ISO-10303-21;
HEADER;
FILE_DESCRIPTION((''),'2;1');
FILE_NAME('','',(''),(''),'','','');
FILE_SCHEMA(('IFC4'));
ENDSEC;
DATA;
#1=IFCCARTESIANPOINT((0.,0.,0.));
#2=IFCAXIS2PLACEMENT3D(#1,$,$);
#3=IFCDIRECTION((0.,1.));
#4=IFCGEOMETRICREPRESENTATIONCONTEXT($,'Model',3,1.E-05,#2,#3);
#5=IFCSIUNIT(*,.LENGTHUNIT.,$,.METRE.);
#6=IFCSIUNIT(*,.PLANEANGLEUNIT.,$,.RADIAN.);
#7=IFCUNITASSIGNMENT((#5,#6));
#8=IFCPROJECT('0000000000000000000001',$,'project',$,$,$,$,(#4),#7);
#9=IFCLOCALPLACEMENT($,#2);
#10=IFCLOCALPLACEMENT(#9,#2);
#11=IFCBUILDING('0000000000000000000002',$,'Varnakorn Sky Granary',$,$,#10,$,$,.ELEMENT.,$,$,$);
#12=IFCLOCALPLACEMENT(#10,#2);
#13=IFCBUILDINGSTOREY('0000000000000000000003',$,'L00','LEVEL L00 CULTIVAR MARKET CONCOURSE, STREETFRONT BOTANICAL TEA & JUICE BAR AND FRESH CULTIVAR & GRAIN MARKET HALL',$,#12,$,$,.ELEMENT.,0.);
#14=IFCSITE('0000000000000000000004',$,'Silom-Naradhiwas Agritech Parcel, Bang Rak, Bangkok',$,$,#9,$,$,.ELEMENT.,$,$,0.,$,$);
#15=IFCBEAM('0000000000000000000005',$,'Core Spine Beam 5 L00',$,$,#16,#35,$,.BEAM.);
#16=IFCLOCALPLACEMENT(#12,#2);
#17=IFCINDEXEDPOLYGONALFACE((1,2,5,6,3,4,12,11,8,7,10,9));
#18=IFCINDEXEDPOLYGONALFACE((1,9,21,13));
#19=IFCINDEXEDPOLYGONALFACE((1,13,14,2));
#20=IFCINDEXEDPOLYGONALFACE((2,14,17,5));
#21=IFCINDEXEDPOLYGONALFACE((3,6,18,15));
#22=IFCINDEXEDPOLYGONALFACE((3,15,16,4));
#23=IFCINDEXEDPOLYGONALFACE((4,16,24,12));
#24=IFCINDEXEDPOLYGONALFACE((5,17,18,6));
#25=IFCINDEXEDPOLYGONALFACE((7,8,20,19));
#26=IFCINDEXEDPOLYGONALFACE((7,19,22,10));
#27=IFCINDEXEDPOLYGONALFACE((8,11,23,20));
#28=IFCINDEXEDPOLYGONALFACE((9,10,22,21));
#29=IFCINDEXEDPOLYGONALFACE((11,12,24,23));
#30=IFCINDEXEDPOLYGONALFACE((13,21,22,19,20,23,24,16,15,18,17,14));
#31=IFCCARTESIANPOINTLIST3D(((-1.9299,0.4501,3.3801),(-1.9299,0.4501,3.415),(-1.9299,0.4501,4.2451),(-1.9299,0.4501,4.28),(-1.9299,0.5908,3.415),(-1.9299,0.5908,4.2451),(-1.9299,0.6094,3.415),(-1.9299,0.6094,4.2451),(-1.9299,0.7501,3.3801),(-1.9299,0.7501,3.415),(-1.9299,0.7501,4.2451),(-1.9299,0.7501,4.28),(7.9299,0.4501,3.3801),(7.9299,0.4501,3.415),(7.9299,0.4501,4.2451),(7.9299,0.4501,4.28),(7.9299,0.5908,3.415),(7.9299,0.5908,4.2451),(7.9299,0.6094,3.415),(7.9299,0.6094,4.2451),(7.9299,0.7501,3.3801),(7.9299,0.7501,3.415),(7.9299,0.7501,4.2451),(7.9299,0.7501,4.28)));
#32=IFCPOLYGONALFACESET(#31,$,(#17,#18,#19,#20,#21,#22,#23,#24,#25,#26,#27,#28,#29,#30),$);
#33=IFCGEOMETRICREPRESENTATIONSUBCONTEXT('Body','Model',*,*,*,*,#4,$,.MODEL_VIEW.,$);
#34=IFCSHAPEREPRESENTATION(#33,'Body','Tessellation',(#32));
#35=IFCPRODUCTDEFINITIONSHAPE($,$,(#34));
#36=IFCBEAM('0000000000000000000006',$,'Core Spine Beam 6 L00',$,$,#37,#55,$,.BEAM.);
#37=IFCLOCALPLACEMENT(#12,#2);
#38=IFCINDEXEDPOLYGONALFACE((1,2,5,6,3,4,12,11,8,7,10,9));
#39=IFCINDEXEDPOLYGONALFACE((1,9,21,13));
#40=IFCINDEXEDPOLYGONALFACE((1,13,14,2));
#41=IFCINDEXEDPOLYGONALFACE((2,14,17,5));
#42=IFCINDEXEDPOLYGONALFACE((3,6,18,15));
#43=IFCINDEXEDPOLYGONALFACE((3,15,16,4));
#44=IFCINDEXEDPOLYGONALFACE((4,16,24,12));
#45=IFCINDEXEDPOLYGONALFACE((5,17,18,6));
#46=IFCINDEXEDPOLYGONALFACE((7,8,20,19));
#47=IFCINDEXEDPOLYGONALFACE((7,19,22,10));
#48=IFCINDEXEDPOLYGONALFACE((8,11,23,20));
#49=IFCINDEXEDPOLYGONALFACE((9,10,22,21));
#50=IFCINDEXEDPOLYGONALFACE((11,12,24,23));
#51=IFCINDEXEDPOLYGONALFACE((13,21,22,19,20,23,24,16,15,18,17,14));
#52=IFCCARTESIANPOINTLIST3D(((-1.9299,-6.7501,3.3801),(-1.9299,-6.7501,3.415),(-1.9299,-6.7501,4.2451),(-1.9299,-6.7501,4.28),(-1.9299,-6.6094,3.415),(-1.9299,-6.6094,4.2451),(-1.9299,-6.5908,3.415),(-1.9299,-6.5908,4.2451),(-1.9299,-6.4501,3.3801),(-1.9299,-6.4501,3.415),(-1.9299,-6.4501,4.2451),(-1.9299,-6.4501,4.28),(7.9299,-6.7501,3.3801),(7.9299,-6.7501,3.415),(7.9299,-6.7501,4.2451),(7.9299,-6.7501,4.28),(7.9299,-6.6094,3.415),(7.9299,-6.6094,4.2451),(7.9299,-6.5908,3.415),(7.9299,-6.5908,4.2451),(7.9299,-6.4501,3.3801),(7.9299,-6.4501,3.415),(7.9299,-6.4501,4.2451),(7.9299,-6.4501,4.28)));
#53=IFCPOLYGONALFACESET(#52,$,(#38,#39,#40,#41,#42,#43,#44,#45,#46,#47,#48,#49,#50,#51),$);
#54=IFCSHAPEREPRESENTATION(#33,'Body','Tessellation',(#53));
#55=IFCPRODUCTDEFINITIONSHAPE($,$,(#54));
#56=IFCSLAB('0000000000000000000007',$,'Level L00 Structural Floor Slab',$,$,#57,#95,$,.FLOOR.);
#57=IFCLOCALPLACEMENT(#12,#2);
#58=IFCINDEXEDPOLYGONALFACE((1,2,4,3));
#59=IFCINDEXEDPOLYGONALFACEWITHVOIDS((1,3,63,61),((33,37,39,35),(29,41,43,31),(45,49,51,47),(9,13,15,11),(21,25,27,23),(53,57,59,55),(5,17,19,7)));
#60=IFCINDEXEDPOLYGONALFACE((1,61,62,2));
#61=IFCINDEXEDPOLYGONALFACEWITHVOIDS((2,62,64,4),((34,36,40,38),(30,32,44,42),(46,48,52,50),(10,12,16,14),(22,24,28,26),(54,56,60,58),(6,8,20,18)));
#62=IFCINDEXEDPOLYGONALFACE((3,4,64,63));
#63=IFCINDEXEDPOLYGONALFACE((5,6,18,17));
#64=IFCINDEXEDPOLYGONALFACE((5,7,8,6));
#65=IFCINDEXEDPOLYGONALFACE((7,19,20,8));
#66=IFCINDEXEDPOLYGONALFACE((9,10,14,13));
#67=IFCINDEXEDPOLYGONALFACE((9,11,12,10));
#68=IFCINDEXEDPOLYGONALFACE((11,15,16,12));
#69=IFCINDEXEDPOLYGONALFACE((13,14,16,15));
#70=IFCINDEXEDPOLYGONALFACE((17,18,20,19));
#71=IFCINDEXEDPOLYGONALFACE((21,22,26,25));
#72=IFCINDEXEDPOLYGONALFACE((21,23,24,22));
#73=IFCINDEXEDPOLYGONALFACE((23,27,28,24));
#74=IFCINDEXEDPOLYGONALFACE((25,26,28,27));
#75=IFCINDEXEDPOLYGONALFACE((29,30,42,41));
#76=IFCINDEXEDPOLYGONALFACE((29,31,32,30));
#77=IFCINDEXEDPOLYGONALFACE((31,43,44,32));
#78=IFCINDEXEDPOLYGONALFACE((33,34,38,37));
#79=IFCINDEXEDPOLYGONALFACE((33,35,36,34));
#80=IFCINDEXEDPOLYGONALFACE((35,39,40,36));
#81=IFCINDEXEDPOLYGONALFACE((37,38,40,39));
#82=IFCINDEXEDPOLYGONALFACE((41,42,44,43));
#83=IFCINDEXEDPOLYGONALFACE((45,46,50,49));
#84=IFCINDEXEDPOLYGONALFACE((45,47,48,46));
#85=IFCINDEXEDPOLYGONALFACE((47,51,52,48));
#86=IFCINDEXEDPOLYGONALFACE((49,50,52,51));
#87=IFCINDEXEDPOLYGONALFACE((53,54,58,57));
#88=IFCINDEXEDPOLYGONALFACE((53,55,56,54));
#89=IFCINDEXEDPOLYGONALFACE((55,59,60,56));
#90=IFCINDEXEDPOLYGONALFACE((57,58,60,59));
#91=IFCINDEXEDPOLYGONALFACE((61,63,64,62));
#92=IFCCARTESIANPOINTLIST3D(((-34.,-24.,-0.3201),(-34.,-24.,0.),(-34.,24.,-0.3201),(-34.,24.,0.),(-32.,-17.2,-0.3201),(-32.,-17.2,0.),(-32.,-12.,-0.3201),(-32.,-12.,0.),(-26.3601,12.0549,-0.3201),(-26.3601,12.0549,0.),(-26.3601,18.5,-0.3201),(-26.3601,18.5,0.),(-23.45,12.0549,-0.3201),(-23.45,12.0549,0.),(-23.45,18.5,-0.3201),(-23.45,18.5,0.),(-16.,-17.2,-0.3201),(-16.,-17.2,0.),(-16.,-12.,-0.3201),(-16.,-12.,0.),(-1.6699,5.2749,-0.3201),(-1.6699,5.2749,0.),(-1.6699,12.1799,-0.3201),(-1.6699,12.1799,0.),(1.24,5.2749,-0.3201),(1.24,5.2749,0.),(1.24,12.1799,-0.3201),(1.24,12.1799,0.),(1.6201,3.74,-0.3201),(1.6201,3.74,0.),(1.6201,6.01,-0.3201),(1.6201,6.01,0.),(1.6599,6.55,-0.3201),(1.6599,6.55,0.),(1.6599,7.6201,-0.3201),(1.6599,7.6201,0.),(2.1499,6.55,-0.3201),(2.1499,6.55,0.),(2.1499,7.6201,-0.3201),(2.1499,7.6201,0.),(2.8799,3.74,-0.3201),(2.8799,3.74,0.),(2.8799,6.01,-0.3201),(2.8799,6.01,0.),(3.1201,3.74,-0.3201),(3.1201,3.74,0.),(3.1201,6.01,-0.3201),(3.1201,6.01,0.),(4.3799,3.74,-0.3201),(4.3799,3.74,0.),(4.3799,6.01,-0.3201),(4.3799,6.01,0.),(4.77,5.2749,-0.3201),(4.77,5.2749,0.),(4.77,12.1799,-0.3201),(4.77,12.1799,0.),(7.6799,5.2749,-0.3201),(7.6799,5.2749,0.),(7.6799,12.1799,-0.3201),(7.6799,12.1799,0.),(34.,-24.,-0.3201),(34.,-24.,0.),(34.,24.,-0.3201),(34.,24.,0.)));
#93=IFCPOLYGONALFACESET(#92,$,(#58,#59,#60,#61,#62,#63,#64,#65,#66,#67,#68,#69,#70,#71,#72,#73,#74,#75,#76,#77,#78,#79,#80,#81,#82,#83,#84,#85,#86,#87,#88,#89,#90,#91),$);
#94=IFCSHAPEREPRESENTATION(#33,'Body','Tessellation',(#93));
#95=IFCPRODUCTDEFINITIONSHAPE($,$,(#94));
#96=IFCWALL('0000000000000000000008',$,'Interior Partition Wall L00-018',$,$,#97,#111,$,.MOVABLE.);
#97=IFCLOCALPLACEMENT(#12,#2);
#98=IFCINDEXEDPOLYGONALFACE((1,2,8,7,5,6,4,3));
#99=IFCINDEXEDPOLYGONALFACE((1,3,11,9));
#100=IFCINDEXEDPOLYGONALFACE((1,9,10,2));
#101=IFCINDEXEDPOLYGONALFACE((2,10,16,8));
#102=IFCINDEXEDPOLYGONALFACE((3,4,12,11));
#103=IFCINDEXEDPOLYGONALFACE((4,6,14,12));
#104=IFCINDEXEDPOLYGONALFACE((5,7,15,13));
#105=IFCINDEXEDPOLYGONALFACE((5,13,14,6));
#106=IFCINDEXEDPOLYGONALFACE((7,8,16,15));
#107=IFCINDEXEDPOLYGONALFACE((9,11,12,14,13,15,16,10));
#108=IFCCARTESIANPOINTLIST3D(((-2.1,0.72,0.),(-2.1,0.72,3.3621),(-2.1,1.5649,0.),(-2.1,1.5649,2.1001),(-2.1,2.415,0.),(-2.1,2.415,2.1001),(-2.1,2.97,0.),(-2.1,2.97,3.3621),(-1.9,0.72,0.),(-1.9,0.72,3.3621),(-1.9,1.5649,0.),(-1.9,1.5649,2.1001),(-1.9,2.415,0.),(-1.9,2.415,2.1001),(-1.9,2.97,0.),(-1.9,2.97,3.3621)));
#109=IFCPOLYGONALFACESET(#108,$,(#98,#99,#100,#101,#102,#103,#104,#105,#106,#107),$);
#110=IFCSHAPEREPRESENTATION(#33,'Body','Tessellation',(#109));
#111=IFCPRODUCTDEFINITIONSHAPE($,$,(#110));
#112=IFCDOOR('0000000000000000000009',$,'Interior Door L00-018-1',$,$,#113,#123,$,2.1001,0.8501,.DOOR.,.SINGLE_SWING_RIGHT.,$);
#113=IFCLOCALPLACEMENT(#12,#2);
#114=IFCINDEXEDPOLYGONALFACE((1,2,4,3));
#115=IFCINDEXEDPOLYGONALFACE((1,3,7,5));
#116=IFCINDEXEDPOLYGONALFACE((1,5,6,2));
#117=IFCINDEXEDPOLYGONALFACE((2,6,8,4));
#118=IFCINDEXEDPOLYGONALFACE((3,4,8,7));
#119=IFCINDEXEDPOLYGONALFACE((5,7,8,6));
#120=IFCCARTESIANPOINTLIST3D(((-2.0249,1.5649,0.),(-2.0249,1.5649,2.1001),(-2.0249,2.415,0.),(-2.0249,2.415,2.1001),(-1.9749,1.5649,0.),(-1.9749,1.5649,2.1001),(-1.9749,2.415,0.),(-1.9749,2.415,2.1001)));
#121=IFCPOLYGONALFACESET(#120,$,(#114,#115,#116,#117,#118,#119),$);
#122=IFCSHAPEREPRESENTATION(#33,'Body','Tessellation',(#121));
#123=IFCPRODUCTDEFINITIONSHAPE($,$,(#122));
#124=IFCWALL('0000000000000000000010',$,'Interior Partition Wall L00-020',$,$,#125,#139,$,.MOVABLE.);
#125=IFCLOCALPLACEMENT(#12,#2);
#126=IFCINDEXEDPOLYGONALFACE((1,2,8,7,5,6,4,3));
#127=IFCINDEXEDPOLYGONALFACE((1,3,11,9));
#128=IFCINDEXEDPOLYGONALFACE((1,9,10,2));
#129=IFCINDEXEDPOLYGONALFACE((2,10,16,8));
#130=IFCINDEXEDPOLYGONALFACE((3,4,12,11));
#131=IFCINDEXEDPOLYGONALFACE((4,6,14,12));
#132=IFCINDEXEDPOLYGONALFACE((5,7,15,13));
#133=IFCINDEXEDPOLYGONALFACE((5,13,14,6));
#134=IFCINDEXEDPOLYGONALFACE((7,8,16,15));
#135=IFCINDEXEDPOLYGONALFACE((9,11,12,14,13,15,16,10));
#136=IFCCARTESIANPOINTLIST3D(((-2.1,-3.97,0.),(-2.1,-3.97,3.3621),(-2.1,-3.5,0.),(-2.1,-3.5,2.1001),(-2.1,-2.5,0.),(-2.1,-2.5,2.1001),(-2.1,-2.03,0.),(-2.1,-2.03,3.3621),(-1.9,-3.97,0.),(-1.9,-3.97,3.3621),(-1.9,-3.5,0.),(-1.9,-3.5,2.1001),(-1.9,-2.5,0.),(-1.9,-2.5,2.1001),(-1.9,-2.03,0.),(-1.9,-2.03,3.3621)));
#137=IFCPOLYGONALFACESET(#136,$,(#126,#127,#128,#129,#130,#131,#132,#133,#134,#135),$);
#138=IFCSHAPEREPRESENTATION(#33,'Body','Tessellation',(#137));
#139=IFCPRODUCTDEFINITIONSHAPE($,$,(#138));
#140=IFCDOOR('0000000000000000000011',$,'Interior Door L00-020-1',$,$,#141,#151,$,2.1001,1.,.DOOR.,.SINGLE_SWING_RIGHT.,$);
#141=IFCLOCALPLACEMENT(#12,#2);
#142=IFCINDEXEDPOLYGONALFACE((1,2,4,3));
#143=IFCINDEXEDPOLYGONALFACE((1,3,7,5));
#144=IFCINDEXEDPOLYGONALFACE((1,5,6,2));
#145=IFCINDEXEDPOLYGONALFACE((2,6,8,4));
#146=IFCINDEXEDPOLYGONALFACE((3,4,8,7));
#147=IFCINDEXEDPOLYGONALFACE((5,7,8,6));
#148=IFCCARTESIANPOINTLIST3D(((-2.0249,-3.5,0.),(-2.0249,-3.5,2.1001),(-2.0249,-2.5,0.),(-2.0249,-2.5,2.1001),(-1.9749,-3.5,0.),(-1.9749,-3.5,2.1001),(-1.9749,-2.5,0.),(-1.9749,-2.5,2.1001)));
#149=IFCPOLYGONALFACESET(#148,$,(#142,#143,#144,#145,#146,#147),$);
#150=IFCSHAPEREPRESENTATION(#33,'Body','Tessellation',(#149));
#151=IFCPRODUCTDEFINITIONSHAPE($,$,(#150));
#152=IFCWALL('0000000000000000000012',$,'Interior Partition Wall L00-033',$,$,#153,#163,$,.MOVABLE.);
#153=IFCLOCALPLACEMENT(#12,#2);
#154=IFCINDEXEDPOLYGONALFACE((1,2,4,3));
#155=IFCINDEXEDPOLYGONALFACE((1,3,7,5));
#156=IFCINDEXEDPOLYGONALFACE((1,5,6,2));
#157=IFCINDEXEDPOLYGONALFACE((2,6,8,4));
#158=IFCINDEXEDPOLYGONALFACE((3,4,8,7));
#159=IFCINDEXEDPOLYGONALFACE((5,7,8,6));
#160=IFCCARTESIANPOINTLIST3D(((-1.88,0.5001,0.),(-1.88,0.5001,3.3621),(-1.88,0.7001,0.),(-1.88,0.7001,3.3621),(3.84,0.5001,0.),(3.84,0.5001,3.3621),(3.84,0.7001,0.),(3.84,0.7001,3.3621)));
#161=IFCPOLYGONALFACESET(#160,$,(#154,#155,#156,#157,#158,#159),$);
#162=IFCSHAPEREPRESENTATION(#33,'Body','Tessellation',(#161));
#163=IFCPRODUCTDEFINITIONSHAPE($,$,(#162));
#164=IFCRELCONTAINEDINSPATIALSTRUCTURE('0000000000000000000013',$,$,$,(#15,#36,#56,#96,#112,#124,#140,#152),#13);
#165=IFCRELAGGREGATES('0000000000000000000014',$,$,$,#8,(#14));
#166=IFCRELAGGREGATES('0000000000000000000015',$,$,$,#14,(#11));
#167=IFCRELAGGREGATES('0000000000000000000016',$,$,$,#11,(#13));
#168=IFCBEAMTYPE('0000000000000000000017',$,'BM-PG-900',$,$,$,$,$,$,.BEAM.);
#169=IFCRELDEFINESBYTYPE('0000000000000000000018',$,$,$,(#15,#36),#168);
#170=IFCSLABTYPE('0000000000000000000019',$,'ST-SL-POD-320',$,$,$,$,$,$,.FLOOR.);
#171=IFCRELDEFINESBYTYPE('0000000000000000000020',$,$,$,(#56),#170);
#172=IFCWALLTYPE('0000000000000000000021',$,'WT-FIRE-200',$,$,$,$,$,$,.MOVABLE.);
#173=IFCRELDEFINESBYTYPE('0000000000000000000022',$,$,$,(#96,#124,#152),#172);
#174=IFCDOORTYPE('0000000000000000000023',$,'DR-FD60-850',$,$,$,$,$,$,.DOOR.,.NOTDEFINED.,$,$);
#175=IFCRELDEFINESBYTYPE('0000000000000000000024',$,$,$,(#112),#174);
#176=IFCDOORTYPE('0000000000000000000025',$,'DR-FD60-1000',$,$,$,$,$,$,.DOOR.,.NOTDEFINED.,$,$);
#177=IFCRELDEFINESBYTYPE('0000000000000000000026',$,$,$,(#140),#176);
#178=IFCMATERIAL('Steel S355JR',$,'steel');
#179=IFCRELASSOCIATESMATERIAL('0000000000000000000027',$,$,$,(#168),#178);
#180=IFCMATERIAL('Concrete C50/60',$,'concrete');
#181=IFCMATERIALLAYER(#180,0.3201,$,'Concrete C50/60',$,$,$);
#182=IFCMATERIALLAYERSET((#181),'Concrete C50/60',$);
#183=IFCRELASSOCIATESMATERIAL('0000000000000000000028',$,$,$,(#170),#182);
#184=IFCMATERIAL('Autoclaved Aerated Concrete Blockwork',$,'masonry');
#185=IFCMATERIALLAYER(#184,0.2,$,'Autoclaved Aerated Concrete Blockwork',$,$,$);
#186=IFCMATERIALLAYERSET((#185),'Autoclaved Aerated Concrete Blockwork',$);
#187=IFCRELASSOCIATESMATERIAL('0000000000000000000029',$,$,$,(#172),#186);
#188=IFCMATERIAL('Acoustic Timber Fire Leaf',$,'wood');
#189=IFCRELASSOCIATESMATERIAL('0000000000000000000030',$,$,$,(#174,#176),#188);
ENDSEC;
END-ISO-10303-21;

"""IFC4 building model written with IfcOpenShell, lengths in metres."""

from ifc_helpers import new_model, si_unit, direction, frame, frame_2d, origin, origin_2d, place, context, subcontext, project, spatial, polyline, rectangle, i_section, outline, extrude, material, layer, layer_set, material_profile, profile_set, type_object, element, fill, save


model = new_model("IFC4")

# Units and contexts
model_context = context("Model", 3, precision=1e-05, world=origin(), true_north=direction((0.0, 1.0)))
body_context = subcontext(model_context, "Body", "Model", "MODEL_VIEW")
ifc_project = project(units=[si_unit("LENGTHUNIT", "METRE"), si_unit("PLANEANGLEUNIT", "RADIAN")], contexts=[model_context])

# Site, building, storey
site_placement = place(None, origin())
site = spatial("IfcSite", under=ifc_project, at=site_placement, Name="Silom-Naradhiwas Agritech Parcel, Bang Rak, Bangkok", CompositionType="ELEMENT", RefElevation=0.0)
building_placement = place(site_placement, origin())
building = spatial("IfcBuilding", under=site, at=building_placement, Name="Varnakorn Sky Granary", CompositionType="ELEMENT")
storey_placement = place(building_placement, origin())
storey = spatial("IfcBuildingStorey", under=building, at=storey_placement, Name="L00", Description="LEVEL L00 CULTIVAR MARKET CONCOURSE, STREETFRONT BOTANICAL TEA & JUICE BAR AND FRESH CULTIVAR & GRAIN MARKET HALL", CompositionType="ELEMENT", Elevation=0.0)

# Beams
ifc_material_1 = material(Name="Steel S355JR", Category="steel")
ifc_material_profile = material_profile(ifc_material_1, i_section(OverallWidth=0.3, OverallDepth=0.8999, WebThickness=0.0186, FlangeThickness=0.0349, at=origin_2d()), Name="HE 900 B")
ifc_profile_set = profile_set([ifc_material_profile], Name="Steel S355JR")
beam_type = type_object("IfcBeamType", Name="BM-PG-900", PredefinedType="BEAM", material=ifc_profile_set)
for number, where, z_axis, x_axis, name in (
    (1, (-1.9299, 0.6001, 3.8301), (1.0, 0.0, 0.0), (0.0, 1.0, 0.0), "Core Spine Beam 5 L00"),
    (2, (-1.9299, -6.6001, 3.8301), (1.0, 0.0, 0.0), (0.0, 1.0, 0.0), "Core Spine Beam 6 L00"),
):
    element("IfcBeam", number, at=place(storey_placement, frame(where, z_axis=z_axis, x_axis=x_axis)), inside=storey, type_object=beam_type, Name=name, PredefinedType="BEAM", context=body_context, shape_type="SweptSolid", body=[
        extrude(i_section(OverallWidth=0.3, OverallDepth=0.8999, WebThickness=0.0186, FlangeThickness=0.0349, at=origin_2d()), origin(), (0.0, 0.0, 1.0), 9.8599),
    ])

# Slab
ifc_material_2 = material(Name="Concrete C50/60", Category="concrete")
ifc_layer_1 = layer(ifc_material_2, 0.3201, Name="Concrete C50/60")
ifc_layer_set_1 = layer_set([ifc_layer_1], Name="Concrete C50/60")
slab_type = type_object("IfcSlabType", Name="ST-SL-POD-320", PredefinedType="FLOOR", material=ifc_layer_set_1)
slab_placement = place(storey_placement, frame((0.0, 0.0, -0.3201)))
element("IfcSlab", 3, at=slab_placement, inside=storey, type_object=slab_type, Name="Level L00 Structural Floor Slab", PredefinedType="FLOOR", context=body_context, shape_type="SweptSolid", body=[
    extrude(outline(polyline([(-34.0, -24.0), (34.0, -24.0), (34.0, 24.0), (-34.0, 24.0), (-34.0, -24.0)]), holes=[polyline([(1.24, 5.2749), (1.24, 12.1799), (-1.6699, 12.1799), (-1.6699, 5.2749), (1.24, 5.2749)]), polyline([(7.6799, 5.2749), (7.6799, 12.1799), (4.77, 12.1799), (4.77, 5.2749), (7.6799, 5.2749)]), polyline([(-23.45, 12.0549), (-23.45, 18.5), (-26.3601, 18.5), (-26.3601, 12.0549), (-23.45, 12.0549)]), polyline([(1.6599, 6.55), (2.1499, 6.55), (2.1499, 7.6201), (1.6599, 7.6201), (1.6599, 6.55)]), polyline([(1.6201, 3.74), (2.8799, 3.74), (2.8799, 6.01), (1.6201, 6.01), (1.6201, 3.74)]), polyline([(3.1201, 3.74), (4.3799, 3.74), (4.3799, 6.01), (3.1201, 6.01), (3.1201, 3.74)]), polyline([(-32.0, -17.2), (-16.0, -17.2), (-16.0, -12.0), (-32.0, -12.0), (-32.0, -17.2)])]), origin(), (0.0, 0.0, 1.0), 0.3201),
])

# Walls, openings, doors
ifc_material_3 = material(Name="Autoclaved Aerated Concrete Blockwork", Category="masonry")
ifc_layer_2 = layer(ifc_material_3, 0.2, Name="Autoclaved Aerated Concrete Blockwork")
ifc_layer_set_2 = layer_set([ifc_layer_2], Name="Autoclaved Aerated Concrete Blockwork")
wall_type_1 = type_object("IfcWallType", Name="WT-FIRE-200", PredefinedType="MOVABLE", material=ifc_layer_set_2)
wall_1_placement = place(storey_placement, frame((-2.0, 0.72, 0.0), z_axis=(0.0, 0.0, 1.0), x_axis=(0.0, 1.0, 0.0)))
wall_1 = element("IfcWall", 4, at=wall_1_placement, inside=storey, type_object=wall_type_1, Name="Interior Partition Wall L00-018", PredefinedType="MOVABLE", context=body_context, shape_type="SweptSolid", body=[
    extrude(rectangle(XDim=2.25, YDim=0.2, at=frame_2d((1.125, 0.0))), origin(), (0.0, 0.0, 1.0), 3.3621),
])
opening_1_placement = place(wall_1_placement, frame((0.845, 0.0, 0.0)))
opening_1 = element("IfcOpeningElement", 5, at=opening_1_placement, cuts=wall_1, PredefinedType="OPENING", context=body_context, shape_type="SweptSolid", body=[
    extrude(rectangle(XDim=0.8501, YDim=2.1001, at=frame_2d((0.425, 1.05))), frame((0.0, 0.1099, 0.0), z_axis=(0.0, -1.0, 0.0), x_axis=(1.0, 0.0, 0.0)), (0.0, 0.0, 1.0), 0.22),
])
ifc_material_4 = material(Name="Acoustic Timber Fire Leaf", Category="wood")
door_type_1 = type_object("IfcDoorType", Name="DR-FD60-850", OperationType="NOTDEFINED", PredefinedType="DOOR", material=ifc_material_4)
door_1_placement = place(opening_1_placement, origin())
door_1 = element("IfcDoor", 6, at=door_1_placement, inside=storey, type_object=door_type_1, Name="Interior Door L00-018-1", OperationType="SINGLE_SWING_RIGHT", OverallHeight=2.1001, OverallWidth=0.8501, PredefinedType="DOOR", context=body_context, shape_type="SweptSolid", body=[
    extrude(rectangle(XDim=0.8501, YDim=2.1001, at=frame_2d((0.425, 1.05))), frame((0.0, 0.0249, 0.0), z_axis=(0.0, -1.0, 0.0), x_axis=(1.0, 0.0, 0.0)), (0.0, 0.0, 1.0), 0.05),
])
fill(opening_1, door_1)
wall_2_placement = place(storey_placement, frame((-2.0, -3.97, 0.0), z_axis=(0.0, 0.0, 1.0), x_axis=(0.0, 1.0, 0.0)))
wall_2 = element("IfcWall", 7, at=wall_2_placement, inside=storey, type_object=wall_type_1, Name="Interior Partition Wall L00-020", PredefinedType="MOVABLE", context=body_context, shape_type="SweptSolid", body=[
    extrude(rectangle(XDim=1.9399, YDim=0.2, at=frame_2d((0.97, 0.0))), origin(), (0.0, 0.0, 1.0), 3.3621),
])
opening_2_placement = place(wall_2_placement, frame((0.47, 0.0, 0.0)))
opening_2 = element("IfcOpeningElement", 8, at=opening_2_placement, cuts=wall_2, PredefinedType="OPENING", context=body_context, shape_type="SweptSolid", body=[
    extrude(rectangle(XDim=1.0, YDim=2.1001, at=frame_2d((0.5, 1.05))), frame((0.0, 0.1099, 0.0), z_axis=(0.0, -1.0, 0.0), x_axis=(1.0, 0.0, 0.0)), (0.0, 0.0, 1.0), 0.22),
])
door_type_2 = type_object("IfcDoorType", Name="DR-FD60-1000", OperationType="NOTDEFINED", PredefinedType="DOOR", material=ifc_material_4)
door_2_placement = place(opening_2_placement, origin())
door_2 = element("IfcDoor", 9, at=door_2_placement, inside=storey, type_object=door_type_2, Name="Interior Door L00-020-1", OperationType="SINGLE_SWING_RIGHT", OverallHeight=2.1001, OverallWidth=1.0, PredefinedType="DOOR", context=body_context, shape_type="SweptSolid", body=[
    extrude(rectangle(XDim=1.0, YDim=2.1001, at=frame_2d((0.5, 1.05))), frame((0.0, 0.0249, 0.0), z_axis=(0.0, -1.0, 0.0), x_axis=(1.0, 0.0, 0.0)), (0.0, 0.0, 1.0), 0.05),
])
fill(opening_2, door_2)

# Wall
wall_3_placement = place(storey_placement, frame((-1.8799, 0.6001, 0.0), z_axis=(0.0, 0.0, 1.0), x_axis=(1.0, 0.0, 0.0)))
element("IfcWall", 10, at=wall_3_placement, inside=storey, type_object=wall_type_1, Name="Interior Partition Wall L00-033", PredefinedType="MOVABLE", context=body_context, shape_type="SweptSolid", body=[
    extrude(rectangle(XDim=5.72, YDim=0.2, at=frame_2d((2.8599, 0.0))), origin(), (0.0, 0.0, 1.0), 3.3621),
])

save(model, "model.ifc")
